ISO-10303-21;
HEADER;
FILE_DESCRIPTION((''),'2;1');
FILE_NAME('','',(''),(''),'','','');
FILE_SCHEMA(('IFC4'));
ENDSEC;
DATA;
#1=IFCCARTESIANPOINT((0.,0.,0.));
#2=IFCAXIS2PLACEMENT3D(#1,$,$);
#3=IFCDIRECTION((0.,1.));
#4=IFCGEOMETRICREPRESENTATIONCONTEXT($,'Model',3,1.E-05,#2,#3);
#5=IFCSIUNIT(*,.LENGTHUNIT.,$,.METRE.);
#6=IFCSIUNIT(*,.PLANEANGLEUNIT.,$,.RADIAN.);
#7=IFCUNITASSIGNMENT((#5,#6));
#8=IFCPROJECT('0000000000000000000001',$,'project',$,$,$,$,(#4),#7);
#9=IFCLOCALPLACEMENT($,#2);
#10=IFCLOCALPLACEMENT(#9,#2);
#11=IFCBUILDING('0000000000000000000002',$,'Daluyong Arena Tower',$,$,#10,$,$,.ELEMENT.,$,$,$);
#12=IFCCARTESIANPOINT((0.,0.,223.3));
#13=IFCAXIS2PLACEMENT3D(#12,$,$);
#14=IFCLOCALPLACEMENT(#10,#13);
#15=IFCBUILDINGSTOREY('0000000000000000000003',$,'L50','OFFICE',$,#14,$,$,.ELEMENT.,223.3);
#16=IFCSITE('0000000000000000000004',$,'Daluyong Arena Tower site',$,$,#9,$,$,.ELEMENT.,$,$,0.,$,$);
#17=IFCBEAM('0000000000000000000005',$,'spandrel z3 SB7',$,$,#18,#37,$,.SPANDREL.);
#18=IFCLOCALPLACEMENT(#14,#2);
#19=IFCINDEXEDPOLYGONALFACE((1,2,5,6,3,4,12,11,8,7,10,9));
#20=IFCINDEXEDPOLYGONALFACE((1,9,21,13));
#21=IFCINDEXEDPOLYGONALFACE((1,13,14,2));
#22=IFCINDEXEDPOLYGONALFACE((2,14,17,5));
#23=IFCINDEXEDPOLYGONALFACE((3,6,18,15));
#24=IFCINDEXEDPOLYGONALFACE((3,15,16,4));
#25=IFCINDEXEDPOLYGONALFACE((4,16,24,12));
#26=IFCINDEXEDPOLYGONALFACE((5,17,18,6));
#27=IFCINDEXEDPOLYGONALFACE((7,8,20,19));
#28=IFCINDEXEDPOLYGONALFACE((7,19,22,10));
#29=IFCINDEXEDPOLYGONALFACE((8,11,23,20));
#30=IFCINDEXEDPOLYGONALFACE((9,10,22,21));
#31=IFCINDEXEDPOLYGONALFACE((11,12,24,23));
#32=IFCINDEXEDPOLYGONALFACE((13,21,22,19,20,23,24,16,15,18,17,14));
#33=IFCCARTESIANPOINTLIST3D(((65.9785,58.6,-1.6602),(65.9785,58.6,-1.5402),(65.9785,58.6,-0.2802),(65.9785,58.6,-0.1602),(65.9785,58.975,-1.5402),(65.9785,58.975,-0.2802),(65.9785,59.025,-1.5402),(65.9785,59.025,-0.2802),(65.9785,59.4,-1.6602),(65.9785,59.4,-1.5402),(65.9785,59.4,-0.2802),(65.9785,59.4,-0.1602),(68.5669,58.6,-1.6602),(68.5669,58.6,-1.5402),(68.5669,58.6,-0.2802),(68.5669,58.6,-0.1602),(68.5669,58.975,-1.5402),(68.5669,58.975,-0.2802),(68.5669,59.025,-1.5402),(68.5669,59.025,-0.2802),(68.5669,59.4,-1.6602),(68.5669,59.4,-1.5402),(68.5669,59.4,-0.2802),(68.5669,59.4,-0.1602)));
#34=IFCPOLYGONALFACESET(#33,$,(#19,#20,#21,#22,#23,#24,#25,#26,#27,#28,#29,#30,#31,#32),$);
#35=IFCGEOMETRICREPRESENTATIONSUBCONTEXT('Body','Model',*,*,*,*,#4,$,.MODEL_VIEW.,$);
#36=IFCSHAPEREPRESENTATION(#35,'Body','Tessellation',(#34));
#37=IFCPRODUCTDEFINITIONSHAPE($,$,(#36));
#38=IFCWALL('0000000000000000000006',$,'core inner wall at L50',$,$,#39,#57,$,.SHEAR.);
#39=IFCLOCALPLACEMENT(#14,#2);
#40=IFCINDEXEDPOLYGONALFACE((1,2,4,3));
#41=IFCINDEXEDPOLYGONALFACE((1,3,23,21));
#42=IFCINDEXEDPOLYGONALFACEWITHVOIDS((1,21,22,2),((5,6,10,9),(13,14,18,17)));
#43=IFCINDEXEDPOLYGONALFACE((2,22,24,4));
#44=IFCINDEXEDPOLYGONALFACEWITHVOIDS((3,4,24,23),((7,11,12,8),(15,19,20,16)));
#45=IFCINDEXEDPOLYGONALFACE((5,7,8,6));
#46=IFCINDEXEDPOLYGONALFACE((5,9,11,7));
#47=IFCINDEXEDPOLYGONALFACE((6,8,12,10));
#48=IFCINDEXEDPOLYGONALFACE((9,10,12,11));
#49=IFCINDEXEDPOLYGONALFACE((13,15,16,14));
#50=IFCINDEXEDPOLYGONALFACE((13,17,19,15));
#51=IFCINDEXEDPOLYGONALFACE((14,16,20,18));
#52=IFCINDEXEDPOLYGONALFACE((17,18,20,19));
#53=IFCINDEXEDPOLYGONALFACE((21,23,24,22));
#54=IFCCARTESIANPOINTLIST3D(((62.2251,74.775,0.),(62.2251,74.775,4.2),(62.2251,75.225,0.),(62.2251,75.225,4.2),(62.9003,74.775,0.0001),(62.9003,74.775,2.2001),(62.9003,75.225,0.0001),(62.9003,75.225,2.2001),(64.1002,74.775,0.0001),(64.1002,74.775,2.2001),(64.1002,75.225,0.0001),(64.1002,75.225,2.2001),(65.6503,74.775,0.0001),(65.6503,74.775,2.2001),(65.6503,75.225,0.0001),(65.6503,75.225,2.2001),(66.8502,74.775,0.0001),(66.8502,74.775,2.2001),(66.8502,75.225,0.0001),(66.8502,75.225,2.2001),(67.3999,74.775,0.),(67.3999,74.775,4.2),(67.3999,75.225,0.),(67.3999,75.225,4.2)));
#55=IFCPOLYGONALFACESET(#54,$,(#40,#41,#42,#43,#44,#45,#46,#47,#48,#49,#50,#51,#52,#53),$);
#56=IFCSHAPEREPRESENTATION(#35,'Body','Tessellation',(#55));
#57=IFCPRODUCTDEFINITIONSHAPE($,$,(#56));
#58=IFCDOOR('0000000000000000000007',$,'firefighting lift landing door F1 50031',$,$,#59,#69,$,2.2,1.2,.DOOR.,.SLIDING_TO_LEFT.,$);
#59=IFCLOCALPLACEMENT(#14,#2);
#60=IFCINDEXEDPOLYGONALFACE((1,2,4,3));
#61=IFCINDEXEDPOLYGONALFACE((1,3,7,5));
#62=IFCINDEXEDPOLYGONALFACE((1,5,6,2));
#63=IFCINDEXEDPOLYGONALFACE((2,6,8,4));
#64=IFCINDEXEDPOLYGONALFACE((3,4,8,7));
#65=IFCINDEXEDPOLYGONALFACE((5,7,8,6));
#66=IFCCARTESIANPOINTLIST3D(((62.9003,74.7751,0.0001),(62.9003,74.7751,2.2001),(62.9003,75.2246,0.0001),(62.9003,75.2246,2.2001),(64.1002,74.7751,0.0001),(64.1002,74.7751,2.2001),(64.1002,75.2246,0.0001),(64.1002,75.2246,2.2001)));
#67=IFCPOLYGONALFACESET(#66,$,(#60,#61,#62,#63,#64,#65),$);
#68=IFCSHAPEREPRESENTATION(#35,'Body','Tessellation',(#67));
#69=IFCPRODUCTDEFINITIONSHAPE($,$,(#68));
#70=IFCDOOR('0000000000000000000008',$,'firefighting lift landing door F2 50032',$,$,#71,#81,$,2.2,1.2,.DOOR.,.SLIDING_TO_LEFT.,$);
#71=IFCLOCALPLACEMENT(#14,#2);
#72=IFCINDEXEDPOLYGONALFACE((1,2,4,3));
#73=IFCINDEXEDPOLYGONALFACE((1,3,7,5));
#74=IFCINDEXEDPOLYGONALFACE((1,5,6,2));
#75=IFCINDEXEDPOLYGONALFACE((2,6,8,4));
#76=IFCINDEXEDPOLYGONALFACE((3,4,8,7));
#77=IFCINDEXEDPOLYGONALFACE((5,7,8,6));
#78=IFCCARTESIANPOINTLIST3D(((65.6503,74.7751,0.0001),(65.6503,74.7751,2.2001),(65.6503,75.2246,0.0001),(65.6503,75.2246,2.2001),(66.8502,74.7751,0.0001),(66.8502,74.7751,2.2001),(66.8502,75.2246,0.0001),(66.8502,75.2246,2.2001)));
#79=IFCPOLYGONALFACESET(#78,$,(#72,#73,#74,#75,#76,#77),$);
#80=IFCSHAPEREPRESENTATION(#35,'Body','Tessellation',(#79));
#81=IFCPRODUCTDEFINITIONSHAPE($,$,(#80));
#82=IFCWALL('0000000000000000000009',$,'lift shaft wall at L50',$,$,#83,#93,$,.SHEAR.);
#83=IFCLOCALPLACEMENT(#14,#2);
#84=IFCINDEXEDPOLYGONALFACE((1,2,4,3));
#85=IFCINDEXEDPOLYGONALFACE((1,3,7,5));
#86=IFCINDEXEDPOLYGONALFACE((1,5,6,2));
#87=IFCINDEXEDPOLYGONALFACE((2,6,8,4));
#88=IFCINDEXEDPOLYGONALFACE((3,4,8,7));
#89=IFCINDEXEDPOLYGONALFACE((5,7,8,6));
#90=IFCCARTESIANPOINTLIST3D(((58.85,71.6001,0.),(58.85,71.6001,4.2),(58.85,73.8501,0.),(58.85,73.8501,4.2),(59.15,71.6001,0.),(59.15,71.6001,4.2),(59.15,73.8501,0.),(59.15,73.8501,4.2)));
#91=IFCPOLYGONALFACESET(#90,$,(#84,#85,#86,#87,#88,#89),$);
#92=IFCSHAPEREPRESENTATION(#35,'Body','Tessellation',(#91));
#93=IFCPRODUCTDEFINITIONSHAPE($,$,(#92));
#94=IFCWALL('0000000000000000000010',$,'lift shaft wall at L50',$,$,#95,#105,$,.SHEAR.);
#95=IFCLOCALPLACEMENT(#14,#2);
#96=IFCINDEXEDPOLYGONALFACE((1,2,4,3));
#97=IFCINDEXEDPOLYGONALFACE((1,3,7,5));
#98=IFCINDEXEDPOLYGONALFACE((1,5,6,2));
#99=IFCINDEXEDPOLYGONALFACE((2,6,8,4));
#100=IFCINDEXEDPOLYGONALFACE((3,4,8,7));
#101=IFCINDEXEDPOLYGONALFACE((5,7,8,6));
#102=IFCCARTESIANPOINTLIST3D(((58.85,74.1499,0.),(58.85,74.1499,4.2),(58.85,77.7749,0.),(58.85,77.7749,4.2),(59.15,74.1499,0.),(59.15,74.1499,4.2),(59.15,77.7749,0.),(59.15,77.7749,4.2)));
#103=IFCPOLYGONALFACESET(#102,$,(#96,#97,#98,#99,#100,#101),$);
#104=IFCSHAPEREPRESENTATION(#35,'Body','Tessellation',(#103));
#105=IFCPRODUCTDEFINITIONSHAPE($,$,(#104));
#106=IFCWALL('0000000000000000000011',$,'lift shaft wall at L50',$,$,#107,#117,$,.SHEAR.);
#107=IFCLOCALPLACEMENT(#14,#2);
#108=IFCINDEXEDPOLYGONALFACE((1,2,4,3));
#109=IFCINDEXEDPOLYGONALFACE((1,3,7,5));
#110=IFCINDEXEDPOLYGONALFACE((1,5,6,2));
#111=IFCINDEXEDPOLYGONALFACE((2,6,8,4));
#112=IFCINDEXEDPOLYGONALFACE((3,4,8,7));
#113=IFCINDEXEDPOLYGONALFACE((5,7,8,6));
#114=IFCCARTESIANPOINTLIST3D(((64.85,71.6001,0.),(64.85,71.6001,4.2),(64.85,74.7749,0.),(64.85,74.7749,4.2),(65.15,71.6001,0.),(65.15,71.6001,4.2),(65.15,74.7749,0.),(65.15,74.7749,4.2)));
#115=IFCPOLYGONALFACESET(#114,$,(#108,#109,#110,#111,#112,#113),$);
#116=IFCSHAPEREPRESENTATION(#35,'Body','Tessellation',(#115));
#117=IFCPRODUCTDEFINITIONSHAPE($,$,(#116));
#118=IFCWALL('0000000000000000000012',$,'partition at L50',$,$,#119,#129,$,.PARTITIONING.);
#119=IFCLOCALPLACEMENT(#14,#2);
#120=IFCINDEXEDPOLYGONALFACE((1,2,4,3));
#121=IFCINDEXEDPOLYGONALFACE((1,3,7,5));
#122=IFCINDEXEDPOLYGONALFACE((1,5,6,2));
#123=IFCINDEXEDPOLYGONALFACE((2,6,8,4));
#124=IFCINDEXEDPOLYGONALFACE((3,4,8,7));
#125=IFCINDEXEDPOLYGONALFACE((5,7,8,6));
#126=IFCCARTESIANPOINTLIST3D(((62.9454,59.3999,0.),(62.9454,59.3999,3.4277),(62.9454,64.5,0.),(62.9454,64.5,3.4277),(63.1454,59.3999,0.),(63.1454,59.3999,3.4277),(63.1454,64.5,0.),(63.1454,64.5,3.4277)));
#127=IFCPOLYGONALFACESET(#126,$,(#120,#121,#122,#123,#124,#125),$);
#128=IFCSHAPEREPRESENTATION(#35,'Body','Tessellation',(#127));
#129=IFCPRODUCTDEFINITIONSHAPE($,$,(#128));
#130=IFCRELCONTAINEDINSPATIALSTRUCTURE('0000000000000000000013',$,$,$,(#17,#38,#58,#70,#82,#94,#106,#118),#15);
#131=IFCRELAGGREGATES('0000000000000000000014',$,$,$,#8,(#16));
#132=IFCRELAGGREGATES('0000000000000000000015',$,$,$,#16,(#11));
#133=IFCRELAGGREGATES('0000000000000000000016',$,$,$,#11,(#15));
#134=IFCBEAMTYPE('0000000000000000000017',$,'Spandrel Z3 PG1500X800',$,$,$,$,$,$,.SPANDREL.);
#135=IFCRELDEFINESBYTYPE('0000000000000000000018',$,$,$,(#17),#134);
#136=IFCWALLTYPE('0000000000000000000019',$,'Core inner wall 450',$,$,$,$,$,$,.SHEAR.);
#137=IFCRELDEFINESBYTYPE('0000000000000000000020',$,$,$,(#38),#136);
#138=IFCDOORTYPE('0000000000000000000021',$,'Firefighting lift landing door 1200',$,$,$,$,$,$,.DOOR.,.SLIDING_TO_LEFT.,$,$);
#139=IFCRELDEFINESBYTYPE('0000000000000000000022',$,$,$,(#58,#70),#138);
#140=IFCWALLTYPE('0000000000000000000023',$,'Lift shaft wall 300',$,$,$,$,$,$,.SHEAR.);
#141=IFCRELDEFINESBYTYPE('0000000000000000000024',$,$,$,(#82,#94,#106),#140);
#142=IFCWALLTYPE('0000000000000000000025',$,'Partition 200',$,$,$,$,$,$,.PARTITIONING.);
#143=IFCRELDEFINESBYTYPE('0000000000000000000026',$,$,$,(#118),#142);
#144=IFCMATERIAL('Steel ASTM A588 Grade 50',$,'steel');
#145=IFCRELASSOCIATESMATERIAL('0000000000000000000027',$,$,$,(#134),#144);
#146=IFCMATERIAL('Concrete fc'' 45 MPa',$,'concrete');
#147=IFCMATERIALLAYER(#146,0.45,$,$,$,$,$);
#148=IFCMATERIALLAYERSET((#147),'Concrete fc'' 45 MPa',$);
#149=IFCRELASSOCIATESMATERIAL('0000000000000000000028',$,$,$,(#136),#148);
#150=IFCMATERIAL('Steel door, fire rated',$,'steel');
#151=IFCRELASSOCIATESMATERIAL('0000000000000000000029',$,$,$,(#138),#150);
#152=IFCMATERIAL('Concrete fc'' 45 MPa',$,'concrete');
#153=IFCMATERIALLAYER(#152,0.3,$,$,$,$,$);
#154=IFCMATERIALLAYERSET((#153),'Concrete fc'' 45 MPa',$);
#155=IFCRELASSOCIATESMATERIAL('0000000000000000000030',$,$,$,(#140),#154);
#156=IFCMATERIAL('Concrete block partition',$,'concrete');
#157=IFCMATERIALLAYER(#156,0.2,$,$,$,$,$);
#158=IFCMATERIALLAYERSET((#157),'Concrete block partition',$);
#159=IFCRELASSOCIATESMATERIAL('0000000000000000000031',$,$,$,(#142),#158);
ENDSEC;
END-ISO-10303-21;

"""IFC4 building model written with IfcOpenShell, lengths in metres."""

from ifc_helpers import new_model, si_unit, direction, frame, frame_2d, origin, origin_2d, place, context, subcontext, project, spatial, rectangle, i_section, extrude, material, layer, layer_set, material_profile, profile_set, type_object, element, fill, save


model = new_model("IFC4")

# Units and contexts
model_context = context("Model", 3, precision=1e-05, world=origin(), true_north=direction((0.0, 1.0)))
body_context = subcontext(model_context, "Body", "Model", "MODEL_VIEW")
ifc_project = project(units=[si_unit("LENGTHUNIT", "METRE"), si_unit("PLANEANGLEUNIT", "RADIAN")], contexts=[model_context])

# Site, building, storey
site_placement = place(None, origin())
site = spatial("IfcSite", under=ifc_project, at=site_placement, Name="Daluyong Arena Tower site", CompositionType="ELEMENT", RefElevation=0.0)
building_placement = place(site_placement, origin())
building = spatial("IfcBuilding", under=site, at=building_placement, Name="Daluyong Arena Tower", CompositionType="ELEMENT")
storey_placement = place(building_placement, frame((0.0, 0.0, 223.3)))
storey = spatial("IfcBuildingStorey", under=building, at=storey_placement, Name="L50", Description="OFFICE", CompositionType="ELEMENT", Elevation=223.3)

# Beam
ifc_material_1 = material(Name="Steel ASTM A588 Grade 50", Category="steel")
ifc_material_profile_1 = material_profile(ifc_material_1, i_section(OverallWidth=0.8, OverallDepth=1.5, WebThickness=0.05, FlangeThickness=0.12, at=origin_2d()))
ifc_profile_set_1 = profile_set([ifc_material_profile_1], Name="Steel ASTM A588 Grade 50")
beam_type_1 = type_object("IfcBeamType", Name="Spandrel Z3 PG1500X800", PredefinedType="SPANDREL", material=ifc_profile_set_1)
beam_1_placement = place(storey_placement, frame((65.9785, 59.0, -0.9102), z_axis=(1.0, 0.0, 0.0), x_axis=(0.0, 1.0, 0.0)))
element("IfcBeam", 1, at=beam_1_placement, inside=storey, type_object=beam_type_1, Name="spandrel z3 SB7", PredefinedType="SPANDREL", context=body_context, shape_type="SweptSolid", body=[
    extrude(i_section(OverallWidth=0.8, OverallDepth=1.5, WebThickness=0.05, FlangeThickness=0.12, at=origin_2d()), origin(), (0.0, 0.0, 1.0), 2.5884),
])

# Shared definitions
ifc_material_2 = material(Name="Concrete fc' 45 MPa", Category="concrete")
ifc_layer_1 = layer(ifc_material_2, 0.45)
ifc_layer_set_1 = layer_set([ifc_layer_1], Name="Concrete fc' 45 MPa")
wall_type_1 = type_object("IfcWallType", Name="Core inner wall 450", PredefinedType="SHEAR", material=ifc_layer_set_1)

# Wall, openings, doors
wall_1_placement = place(storey_placement, frame((62.2251, 75.0, 0.0), z_axis=(0.0, 0.0, 1.0), x_axis=(1.0, 0.0, 0.0)))
wall_1 = element("IfcWall", 2, at=wall_1_placement, inside=storey, type_object=wall_type_1, Name="core inner wall at L50", PredefinedType="SHEAR", context=body_context, shape_type="SweptSolid", body=[
    extrude(rectangle(XDim=5.1748, YDim=0.45, at=frame_2d((2.5874, 0.0))), origin(), (0.0, 0.0, 1.0), 4.2),
])
opening_1_placement = place(wall_1_placement, frame((0.675, 0.0, 0.0)))
opening_1 = element("IfcOpeningElement", 3, at=opening_1_placement, cuts=wall_1, PredefinedType="OPENING", context=body_context, shape_type="SweptSolid", body=[
    extrude(rectangle(XDim=1.2, YDim=2.2, at=frame_2d((0.6001, 1.1001))), frame((0.0, 0.2349, 0.0), z_axis=(0.0, -1.0, 0.0), x_axis=(1.0, 0.0, 0.0)), (0.0, 0.0, 1.0), 0.47),
])
opening_2_placement = place(wall_1_placement, frame((3.425, 0.0, 0.0)))
opening_2 = element("IfcOpeningElement", 4, at=opening_2_placement, cuts=wall_1, PredefinedType="OPENING", context=body_context, shape_type="SweptSolid", body=[
    extrude(rectangle(XDim=1.2, YDim=2.2, at=frame_2d((0.6001, 1.1001))), frame((0.0, 0.2349, 0.0), z_axis=(0.0, -1.0, 0.0), x_axis=(1.0, 0.0, 0.0)), (0.0, 0.0, 1.0), 0.47),
])
ifc_material_3 = material(Name="Steel door, fire rated", Category="steel")
door_type_1 = type_object("IfcDoorType", Name="Firefighting lift landing door 1200", OperationType="SLIDING_TO_LEFT", PredefinedType="DOOR", material=ifc_material_3)
door_1_placement = place(opening_1_placement, origin())
door_1 = element("IfcDoor", 5, at=door_1_placement, inside=storey, type_object=door_type_1, Name="firefighting lift landing door F1 50031", OperationType="SLIDING_TO_LEFT", OverallHeight=2.2, OverallWidth=1.2, PredefinedType="DOOR", context=body_context, shape_type="SweptSolid", body=[
    extrude(rectangle(XDim=1.2, YDim=2.2, at=frame_2d((0.6001, 1.1001))), frame((0.0, 0.2246, 0.0), z_axis=(0.0, -1.0, 0.0), x_axis=(1.0, 0.0, 0.0)), (0.0, 0.0, 1.0), 0.4495),
])
fill(opening_1, door_1)
door_2_placement = place(opening_2_placement, origin())
door_2 = element("IfcDoor", 6, at=door_2_placement, inside=storey, type_object=door_type_1, Name="firefighting lift landing door F2 50032", OperationType="SLIDING_TO_LEFT", OverallHeight=2.2, OverallWidth=1.2, PredefinedType="DOOR", context=body_context, shape_type="SweptSolid", body=[
    extrude(rectangle(XDim=1.2, YDim=2.2, at=frame_2d((0.6001, 1.1001))), frame((0.0, 0.2246, 0.0), z_axis=(0.0, -1.0, 0.0), x_axis=(1.0, 0.0, 0.0)), (0.0, 0.0, 1.0), 0.4495),
])
fill(opening_2, door_2)

# Walls
ifc_material_4 = material(Name="Concrete fc' 45 MPa", Category="concrete")
ifc_layer_2 = layer(ifc_material_4, 0.3)
ifc_layer_set_2 = layer_set([ifc_layer_2], Name="Concrete fc' 45 MPa")
wall_type_2 = type_object("IfcWallType", Name="Lift shaft wall 300", PredefinedType="SHEAR", material=ifc_layer_set_2)
wall_2_placement = place(storey_placement, frame((59.0, 71.6001, 0.0), z_axis=(0.0, 0.0, 1.0), x_axis=(0.0, 1.0, 0.0)))
element("IfcWall", 7, at=wall_2_placement, inside=storey, type_object=wall_type_2, Name="lift shaft wall at L50", PredefinedType="SHEAR", context=body_context, shape_type="SweptSolid", body=[
    extrude(rectangle(XDim=2.25, YDim=0.3, at=frame_2d((1.125, 0.0))), origin(), (0.0, 0.0, 1.0), 4.2),
])
wall_3_placement = place(storey_placement, frame((59.0, 74.1499, 0.0), z_axis=(0.0, 0.0, 1.0), x_axis=(0.0, 1.0, 0.0)))
element("IfcWall", 8, at=wall_3_placement, inside=storey, type_object=wall_type_2, Name="lift shaft wall at L50", PredefinedType="SHEAR", context=body_context, shape_type="SweptSolid", body=[
    extrude(rectangle(XDim=3.625, YDim=0.3, at=frame_2d((1.8125, 0.0))), origin(), (0.0, 0.0, 1.0), 4.2),
])
wall_4_placement = place(storey_placement, frame((65.0, 71.6001, 0.0), z_axis=(0.0, 0.0, 1.0), x_axis=(0.0, 1.0, 0.0)))
element("IfcWall", 9, at=wall_4_placement, inside=storey, type_object=wall_type_2, Name="lift shaft wall at L50", PredefinedType="SHEAR", context=body_context, shape_type="SweptSolid", body=[
    extrude(rectangle(XDim=3.1748, YDim=0.3, at=frame_2d((1.5874, 0.0))), origin(), (0.0, 0.0, 1.0), 4.2),
])
ifc_material_5 = material(Name="Concrete block partition", Category="concrete")
ifc_layer_3 = layer(ifc_material_5, 0.2)
ifc_layer_set_3 = layer_set([ifc_layer_3], Name="Concrete block partition")
wall_type_3 = type_object("IfcWallType", Name="Partition 200", PredefinedType="PARTITIONING", material=ifc_layer_set_3)
wall_5_placement = place(storey_placement, frame((63.0454, 59.3999, 0.0), z_axis=(0.0, 0.0, 1.0), x_axis=(0.0, 1.0, 0.0)))
element("IfcWall", 10, at=wall_5_placement, inside=storey, type_object=wall_type_3, Name="partition at L50", PredefinedType="PARTITIONING", context=body_context, shape_type="SweptSolid", body=[
    extrude(rectangle(XDim=5.1001, YDim=0.2, at=frame_2d((2.55, 0.0))), origin(), (0.0, 0.0, 1.0), 3.4277),
])

save(model, "model.ifc")
